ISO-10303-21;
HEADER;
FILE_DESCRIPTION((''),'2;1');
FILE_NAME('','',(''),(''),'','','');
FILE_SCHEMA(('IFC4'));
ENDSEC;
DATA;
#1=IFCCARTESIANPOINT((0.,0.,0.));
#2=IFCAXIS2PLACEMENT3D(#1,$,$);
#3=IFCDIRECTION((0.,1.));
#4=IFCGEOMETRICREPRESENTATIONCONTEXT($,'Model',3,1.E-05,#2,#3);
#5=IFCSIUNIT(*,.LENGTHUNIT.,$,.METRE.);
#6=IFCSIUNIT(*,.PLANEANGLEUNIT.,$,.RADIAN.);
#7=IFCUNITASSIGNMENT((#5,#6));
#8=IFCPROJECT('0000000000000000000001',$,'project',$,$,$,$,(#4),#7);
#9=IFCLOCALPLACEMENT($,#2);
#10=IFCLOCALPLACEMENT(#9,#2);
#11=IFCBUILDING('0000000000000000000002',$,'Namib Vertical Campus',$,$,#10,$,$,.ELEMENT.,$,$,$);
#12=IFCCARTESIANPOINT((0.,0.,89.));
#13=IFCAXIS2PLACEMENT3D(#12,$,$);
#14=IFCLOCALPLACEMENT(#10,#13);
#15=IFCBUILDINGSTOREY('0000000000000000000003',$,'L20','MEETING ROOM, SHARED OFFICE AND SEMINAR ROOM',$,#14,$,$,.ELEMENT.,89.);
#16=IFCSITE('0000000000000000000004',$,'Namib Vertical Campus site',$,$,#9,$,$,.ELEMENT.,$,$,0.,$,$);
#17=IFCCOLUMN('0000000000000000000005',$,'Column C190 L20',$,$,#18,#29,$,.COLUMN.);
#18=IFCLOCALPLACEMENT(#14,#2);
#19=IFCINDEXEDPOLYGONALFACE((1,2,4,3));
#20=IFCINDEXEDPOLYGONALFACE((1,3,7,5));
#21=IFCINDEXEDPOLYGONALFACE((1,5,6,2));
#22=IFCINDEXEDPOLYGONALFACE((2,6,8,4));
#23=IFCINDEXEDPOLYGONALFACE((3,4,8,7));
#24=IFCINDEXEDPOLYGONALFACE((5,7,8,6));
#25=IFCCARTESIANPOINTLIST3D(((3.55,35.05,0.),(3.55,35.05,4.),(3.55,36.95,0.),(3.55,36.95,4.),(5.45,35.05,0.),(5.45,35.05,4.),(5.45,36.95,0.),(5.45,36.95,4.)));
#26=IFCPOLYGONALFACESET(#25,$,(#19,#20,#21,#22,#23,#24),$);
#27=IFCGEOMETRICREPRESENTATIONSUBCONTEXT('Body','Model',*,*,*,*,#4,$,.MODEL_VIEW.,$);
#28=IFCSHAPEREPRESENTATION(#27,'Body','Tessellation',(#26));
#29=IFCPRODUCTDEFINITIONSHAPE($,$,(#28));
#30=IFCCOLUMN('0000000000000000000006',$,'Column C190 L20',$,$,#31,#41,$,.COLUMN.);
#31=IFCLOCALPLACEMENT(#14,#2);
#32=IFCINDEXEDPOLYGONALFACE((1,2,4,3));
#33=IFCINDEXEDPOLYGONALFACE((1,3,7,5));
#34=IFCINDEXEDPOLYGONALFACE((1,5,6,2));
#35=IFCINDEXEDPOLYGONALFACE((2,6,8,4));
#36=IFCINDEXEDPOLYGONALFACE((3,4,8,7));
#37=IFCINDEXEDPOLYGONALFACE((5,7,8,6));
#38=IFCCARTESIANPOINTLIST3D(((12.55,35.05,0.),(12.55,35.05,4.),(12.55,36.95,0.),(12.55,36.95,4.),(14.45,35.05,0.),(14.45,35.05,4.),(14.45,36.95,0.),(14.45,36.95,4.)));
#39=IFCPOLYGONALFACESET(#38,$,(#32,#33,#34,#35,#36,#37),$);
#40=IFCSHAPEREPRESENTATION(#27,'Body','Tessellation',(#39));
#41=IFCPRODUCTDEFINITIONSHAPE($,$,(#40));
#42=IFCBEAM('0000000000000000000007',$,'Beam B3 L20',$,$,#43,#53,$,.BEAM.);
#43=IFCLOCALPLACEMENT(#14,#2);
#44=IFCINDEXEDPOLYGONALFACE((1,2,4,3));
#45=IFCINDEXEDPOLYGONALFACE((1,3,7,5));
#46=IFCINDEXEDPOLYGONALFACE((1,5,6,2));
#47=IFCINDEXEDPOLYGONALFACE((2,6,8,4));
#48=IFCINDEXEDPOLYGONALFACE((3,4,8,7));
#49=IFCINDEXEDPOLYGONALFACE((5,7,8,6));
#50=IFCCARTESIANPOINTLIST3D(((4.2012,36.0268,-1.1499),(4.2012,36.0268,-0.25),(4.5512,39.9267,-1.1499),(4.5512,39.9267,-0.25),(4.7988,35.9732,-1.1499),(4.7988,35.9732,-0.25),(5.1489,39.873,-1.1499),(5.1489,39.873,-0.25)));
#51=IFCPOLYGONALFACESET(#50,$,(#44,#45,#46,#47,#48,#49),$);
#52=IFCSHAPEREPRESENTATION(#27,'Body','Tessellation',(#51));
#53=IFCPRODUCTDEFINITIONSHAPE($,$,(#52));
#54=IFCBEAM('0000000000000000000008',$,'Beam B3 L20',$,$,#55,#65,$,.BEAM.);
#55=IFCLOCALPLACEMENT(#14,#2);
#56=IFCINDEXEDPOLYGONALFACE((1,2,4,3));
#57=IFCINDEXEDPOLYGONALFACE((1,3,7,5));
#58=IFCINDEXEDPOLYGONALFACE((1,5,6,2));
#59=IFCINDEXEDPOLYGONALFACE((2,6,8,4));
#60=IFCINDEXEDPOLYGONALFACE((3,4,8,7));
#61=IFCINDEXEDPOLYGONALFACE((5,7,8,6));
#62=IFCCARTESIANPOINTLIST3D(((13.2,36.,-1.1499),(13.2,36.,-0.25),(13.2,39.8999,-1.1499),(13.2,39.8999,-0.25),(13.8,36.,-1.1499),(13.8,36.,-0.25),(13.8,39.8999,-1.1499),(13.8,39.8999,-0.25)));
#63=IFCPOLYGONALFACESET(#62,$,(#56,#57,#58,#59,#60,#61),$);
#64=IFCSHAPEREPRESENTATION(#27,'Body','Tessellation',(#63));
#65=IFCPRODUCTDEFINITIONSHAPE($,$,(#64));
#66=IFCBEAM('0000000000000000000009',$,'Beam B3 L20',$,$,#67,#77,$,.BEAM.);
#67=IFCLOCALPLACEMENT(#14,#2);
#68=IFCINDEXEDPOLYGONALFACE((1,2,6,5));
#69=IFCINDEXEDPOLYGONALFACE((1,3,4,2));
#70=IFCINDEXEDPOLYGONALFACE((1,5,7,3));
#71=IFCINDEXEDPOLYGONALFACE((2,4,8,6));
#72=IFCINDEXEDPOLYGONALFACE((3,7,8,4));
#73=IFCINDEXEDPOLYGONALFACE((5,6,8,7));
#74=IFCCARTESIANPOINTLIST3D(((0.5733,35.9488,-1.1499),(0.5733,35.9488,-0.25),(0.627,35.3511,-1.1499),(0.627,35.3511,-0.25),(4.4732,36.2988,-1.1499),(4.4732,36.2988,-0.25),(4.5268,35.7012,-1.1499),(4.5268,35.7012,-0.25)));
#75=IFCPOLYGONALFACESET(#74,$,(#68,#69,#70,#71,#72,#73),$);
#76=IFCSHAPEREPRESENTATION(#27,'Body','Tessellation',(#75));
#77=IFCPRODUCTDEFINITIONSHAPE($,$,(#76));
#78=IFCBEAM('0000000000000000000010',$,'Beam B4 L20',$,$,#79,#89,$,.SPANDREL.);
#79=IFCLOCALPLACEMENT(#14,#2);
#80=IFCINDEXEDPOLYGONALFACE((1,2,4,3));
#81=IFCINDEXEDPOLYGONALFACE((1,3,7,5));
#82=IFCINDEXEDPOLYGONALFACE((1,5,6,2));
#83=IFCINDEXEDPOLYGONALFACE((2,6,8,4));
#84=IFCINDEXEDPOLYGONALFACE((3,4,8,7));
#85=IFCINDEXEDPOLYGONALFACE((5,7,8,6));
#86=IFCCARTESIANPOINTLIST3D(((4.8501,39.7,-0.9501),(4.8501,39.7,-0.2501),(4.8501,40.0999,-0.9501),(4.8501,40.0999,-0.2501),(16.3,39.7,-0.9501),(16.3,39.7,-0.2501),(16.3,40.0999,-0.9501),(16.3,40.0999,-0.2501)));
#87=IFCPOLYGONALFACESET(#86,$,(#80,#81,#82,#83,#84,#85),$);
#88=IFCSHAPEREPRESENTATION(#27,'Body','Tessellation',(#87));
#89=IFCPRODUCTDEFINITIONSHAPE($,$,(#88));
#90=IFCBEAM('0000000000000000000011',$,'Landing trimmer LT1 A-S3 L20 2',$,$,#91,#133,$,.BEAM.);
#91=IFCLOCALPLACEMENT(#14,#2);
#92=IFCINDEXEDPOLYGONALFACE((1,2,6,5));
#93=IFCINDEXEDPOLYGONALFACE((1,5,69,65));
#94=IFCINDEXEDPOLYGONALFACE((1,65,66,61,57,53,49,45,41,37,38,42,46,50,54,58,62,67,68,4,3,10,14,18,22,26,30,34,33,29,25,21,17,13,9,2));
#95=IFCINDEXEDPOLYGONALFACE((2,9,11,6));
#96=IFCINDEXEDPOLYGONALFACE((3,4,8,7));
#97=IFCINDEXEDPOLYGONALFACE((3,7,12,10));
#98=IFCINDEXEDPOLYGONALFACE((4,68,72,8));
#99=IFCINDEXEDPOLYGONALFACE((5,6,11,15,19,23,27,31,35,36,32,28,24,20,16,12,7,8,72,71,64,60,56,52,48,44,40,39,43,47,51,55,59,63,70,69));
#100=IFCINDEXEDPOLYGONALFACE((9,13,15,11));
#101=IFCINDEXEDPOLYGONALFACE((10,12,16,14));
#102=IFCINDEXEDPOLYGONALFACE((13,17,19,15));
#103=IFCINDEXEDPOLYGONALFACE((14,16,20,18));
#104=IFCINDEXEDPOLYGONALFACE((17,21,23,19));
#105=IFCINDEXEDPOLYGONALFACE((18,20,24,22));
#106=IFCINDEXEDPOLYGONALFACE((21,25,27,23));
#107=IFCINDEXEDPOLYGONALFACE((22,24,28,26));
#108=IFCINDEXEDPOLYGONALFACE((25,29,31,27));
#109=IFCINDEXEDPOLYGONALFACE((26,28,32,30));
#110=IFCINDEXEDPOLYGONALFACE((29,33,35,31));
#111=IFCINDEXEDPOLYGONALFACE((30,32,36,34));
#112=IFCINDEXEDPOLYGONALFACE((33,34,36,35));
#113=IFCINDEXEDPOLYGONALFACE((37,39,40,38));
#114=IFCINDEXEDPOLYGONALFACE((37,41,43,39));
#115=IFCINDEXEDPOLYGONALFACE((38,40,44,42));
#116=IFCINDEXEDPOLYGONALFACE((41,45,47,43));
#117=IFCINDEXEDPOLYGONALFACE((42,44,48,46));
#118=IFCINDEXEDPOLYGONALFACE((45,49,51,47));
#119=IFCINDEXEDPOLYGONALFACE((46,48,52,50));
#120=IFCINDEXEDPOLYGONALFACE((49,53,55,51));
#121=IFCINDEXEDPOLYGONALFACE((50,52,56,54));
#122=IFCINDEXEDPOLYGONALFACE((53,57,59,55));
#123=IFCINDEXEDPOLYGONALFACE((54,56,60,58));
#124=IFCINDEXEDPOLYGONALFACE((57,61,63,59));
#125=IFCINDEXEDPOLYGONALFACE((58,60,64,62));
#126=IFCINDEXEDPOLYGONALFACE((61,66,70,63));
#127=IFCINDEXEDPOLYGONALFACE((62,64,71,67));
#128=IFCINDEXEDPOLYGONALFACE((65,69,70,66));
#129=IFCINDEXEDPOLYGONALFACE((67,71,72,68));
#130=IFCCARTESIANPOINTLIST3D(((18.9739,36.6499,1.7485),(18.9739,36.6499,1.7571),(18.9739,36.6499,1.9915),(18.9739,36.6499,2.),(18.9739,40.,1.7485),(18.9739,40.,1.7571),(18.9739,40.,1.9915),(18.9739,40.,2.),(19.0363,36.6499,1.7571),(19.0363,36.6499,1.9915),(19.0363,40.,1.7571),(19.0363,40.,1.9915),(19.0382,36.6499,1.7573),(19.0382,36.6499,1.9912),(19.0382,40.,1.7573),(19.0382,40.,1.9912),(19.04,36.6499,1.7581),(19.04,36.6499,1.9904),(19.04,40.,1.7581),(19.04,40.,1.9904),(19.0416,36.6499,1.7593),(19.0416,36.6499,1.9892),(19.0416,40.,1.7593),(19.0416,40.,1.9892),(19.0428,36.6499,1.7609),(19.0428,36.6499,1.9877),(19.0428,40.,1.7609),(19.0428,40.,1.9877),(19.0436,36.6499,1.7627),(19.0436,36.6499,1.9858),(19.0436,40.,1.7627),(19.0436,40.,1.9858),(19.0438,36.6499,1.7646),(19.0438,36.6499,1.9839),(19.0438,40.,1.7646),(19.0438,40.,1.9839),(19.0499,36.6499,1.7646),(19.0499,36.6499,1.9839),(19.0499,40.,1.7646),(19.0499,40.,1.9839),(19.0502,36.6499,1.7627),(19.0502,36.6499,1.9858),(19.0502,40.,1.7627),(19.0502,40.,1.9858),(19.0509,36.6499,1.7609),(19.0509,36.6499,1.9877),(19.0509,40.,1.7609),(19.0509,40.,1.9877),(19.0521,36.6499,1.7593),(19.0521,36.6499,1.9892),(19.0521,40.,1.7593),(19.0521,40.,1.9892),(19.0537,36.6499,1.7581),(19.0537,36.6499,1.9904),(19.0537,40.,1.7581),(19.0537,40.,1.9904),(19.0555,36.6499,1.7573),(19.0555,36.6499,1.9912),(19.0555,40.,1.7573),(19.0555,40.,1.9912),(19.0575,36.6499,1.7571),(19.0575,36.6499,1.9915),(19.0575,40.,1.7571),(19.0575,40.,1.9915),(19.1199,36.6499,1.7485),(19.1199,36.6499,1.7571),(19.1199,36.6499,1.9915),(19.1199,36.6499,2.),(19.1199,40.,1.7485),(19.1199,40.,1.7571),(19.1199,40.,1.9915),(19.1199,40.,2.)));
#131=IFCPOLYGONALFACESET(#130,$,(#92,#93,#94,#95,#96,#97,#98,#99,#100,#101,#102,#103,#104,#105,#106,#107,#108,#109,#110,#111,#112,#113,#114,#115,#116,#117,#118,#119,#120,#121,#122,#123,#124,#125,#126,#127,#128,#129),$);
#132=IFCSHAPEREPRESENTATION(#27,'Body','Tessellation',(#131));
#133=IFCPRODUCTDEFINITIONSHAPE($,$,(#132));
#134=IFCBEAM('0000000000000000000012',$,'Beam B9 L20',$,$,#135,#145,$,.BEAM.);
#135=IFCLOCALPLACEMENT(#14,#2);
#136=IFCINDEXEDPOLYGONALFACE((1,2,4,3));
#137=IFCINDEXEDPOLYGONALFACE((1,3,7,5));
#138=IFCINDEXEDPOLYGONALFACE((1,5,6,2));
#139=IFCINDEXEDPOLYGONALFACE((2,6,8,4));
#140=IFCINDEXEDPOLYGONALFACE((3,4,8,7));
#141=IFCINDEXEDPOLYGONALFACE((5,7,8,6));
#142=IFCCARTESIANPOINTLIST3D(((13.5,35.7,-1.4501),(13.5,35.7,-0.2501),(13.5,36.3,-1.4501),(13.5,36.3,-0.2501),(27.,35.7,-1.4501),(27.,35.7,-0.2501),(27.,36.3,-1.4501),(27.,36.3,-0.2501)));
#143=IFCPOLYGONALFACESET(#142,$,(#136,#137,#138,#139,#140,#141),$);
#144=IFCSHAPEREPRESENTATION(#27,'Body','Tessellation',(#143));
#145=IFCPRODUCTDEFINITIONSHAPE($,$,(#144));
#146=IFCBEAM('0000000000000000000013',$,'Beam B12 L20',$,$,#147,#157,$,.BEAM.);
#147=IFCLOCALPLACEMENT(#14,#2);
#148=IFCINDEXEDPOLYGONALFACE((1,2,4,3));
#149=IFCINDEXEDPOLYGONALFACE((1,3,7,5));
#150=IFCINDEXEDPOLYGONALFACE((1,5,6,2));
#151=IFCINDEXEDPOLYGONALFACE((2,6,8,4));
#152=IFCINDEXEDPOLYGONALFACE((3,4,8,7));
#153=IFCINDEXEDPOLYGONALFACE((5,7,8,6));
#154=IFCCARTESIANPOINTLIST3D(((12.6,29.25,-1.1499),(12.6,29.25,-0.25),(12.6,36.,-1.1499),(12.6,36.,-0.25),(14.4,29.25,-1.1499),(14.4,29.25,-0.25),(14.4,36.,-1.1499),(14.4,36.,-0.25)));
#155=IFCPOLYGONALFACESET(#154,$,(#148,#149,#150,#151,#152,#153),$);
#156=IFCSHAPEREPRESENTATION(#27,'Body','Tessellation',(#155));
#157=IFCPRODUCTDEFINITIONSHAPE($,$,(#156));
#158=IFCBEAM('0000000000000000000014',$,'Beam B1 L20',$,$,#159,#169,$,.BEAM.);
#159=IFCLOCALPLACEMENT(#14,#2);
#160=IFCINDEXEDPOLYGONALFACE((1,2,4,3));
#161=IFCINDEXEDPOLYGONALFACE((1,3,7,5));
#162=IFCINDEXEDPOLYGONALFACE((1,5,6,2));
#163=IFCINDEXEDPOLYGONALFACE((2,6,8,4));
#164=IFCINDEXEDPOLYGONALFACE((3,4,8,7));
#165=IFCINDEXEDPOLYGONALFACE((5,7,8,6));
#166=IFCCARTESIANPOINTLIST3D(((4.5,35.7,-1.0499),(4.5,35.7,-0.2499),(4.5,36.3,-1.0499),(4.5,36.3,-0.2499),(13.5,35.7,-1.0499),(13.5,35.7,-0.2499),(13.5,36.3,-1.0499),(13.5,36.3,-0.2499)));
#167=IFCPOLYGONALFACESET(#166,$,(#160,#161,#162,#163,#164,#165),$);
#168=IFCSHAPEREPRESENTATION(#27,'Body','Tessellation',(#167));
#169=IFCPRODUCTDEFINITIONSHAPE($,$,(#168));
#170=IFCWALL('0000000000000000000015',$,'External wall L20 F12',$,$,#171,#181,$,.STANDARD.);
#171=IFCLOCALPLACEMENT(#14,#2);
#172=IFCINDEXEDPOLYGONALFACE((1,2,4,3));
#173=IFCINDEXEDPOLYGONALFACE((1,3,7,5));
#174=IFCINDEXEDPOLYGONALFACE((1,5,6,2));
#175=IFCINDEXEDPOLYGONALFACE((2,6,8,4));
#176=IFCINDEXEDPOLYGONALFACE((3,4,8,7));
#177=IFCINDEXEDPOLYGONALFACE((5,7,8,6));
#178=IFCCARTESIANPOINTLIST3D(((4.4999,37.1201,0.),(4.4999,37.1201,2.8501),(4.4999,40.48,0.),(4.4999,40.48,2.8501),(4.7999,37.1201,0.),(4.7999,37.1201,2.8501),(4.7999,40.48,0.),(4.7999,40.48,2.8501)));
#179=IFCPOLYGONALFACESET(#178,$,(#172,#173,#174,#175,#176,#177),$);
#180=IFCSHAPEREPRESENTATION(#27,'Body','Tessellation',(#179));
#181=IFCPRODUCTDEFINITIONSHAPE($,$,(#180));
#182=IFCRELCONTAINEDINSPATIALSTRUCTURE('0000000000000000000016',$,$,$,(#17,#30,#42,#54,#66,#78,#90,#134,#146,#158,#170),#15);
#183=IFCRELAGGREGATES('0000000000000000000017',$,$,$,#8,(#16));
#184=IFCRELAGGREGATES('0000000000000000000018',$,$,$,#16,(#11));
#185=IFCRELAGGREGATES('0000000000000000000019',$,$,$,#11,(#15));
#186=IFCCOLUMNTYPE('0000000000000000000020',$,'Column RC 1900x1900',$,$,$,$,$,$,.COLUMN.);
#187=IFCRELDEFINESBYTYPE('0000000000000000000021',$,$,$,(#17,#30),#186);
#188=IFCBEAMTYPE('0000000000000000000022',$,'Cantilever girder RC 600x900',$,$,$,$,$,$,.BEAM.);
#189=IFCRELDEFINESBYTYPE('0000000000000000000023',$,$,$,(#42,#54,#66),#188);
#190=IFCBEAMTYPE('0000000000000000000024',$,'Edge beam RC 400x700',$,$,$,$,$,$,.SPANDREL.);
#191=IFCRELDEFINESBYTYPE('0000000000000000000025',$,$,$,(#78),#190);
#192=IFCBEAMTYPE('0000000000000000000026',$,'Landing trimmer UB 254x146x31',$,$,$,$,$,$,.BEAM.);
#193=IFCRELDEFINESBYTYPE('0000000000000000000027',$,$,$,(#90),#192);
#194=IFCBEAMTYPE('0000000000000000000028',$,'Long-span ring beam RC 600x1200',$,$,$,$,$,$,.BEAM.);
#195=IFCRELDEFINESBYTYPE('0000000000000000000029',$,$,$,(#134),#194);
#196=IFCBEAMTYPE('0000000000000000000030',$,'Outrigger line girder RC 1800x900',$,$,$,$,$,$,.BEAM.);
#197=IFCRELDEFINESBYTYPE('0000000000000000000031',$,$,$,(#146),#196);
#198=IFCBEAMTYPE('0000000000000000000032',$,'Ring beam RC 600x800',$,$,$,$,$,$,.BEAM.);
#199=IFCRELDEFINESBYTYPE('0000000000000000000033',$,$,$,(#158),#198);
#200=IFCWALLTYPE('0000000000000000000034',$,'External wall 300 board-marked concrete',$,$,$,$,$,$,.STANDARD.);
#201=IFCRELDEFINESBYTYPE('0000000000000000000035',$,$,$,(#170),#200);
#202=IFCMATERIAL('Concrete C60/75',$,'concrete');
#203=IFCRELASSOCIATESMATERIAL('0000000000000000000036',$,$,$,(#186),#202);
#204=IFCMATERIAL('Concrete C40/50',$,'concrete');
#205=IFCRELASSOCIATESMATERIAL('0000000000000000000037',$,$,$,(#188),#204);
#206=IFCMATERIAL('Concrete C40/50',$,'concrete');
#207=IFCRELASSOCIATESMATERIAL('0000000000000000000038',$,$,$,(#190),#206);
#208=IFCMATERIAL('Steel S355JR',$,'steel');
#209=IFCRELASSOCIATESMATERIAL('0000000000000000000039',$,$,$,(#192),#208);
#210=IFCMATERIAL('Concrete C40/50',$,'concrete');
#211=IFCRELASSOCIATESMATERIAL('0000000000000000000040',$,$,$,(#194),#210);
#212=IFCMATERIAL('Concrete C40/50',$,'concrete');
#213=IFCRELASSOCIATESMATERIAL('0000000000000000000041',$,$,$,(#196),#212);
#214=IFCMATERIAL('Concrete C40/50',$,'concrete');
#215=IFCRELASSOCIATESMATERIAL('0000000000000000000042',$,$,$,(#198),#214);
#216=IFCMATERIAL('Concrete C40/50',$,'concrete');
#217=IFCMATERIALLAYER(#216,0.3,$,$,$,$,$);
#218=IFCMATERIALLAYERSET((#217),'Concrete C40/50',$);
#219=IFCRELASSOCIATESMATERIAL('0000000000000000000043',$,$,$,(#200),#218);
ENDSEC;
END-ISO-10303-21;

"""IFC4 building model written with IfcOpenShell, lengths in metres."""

from ifc_helpers import new_model, si_unit, direction, frame, frame_2d, origin, origin_2d, place, context, subcontext, project, spatial, rectangle, i_section, extrude, material, layer, layer_set, material_profile, profile_set, type_object, element, save


model = new_model("IFC4")

# Units and contexts
model_context = context("Model", 3, precision=1e-05, world=origin(), true_north=direction((0.0, 1.0)))
body_context = subcontext(model_context, "Body", "Model", "MODEL_VIEW")
ifc_project = project(units=[si_unit("LENGTHUNIT", "METRE"), si_unit("PLANEANGLEUNIT", "RADIAN")], contexts=[model_context])

# Site, building, storey
site_placement = place(None, origin())
site = spatial("IfcSite", under=ifc_project, at=site_placement, Name="Namib Vertical Campus site", CompositionType="ELEMENT", RefElevation=0.0)
building_placement = place(site_placement, origin())
building = spatial("IfcBuilding", under=site, at=building_placement, Name="Namib Vertical Campus", CompositionType="ELEMENT")
storey_placement = place(building_placement, frame((0.0, 0.0, 89.0)))
storey = spatial("IfcBuildingStorey", under=building, at=storey_placement, Name="L20", Description="MEETING ROOM, SHARED OFFICE AND SEMINAR ROOM", CompositionType="ELEMENT", Elevation=89.0)

# Columns
ifc_material_1 = material(Name="Concrete C60/75", Category="concrete")
ifc_material_profile_1 = material_profile(ifc_material_1, rectangle(XDim=1.8999, YDim=1.8999, at=origin_2d()))
ifc_profile_set_1 = profile_set([ifc_material_profile_1], Name="Concrete C60/75")
column_type = type_object("IfcColumnType", Name="Column RC 1900x1900", PredefinedType="COLUMN", material=ifc_profile_set_1)
for number, where, z_axis, x_axis, name in (
    (1, (4.5, 36.0, 0.0), (0.0, 0.0, 1.0), (1.0, 0.0, 0.0), "Column C190 L20"),
    (2, (13.5, 36.0, 0.0), (0.0, 0.0, 1.0), (1.0, 0.0, 0.0), "Column C190 L20"),
):
    element("IfcColumn", number, at=place(storey_placement, frame(where, z_axis=z_axis, x_axis=x_axis)), inside=storey, type_object=column_type, Name=name, PredefinedType="COLUMN", context=body_context, shape_type="SweptSolid", body=[
        extrude(rectangle(XDim=1.8999, YDim=1.8999, at=origin_2d()), origin(), (0.0, 0.0, 1.0), 4.0),
    ])

# Beams
ifc_material_2 = material(Name="Concrete C40/50", Category="concrete")
ifc_material_profile_2 = material_profile(ifc_material_2, rectangle(XDim=0.6001, YDim=0.8999, at=origin_2d()))
ifc_profile_set_2 = profile_set([ifc_material_profile_2], Name="Concrete C40/50")
beam_type_1 = type_object("IfcBeamType", Name="Cantilever girder RC 600x900", PredefinedType="BEAM", material=ifc_profile_set_2)
beam_1_placement = place(storey_placement, frame((4.5, 36.0, -0.7), z_axis=(0.089411, 0.995995, 0.0), x_axis=(-0.995995, 0.089411, 0.0)))
element("IfcBeam", 3, at=beam_1_placement, inside=storey, type_object=beam_type_1, Name="Beam B3 L20", PredefinedType="BEAM", context=body_context, shape_type="SweptSolid", body=[
    extrude(rectangle(XDim=0.6001, YDim=0.8999, at=origin_2d()), origin(), (0.0, 0.0, 1.0), 3.9155),
])
beam_2_placement = place(storey_placement, frame((13.5, 36.0, -0.7), z_axis=(0.0, 1.0, 0.0), x_axis=(-1.0, 0.0, 0.0)))
element("IfcBeam", 4, at=beam_2_placement, inside=storey, type_object=beam_type_1, Name="Beam B3 L20", PredefinedType="BEAM", context=body_context, shape_type="SweptSolid", body=[
    extrude(rectangle(XDim=0.6001, YDim=0.8999, at=origin_2d()), origin(), (0.0, 0.0, 1.0), 3.8999),
])
beam_3_placement = place(storey_placement, frame((4.5, 36.0, -0.7), z_axis=(-0.995995, -0.089411, 0.0), x_axis=(0.089411, -0.995995, 0.0)))
element("IfcBeam", 5, at=beam_3_placement, inside=storey, type_object=beam_type_1, Name="Beam B3 L20", PredefinedType="BEAM", context=body_context, shape_type="SweptSolid", body=[
    extrude(rectangle(XDim=0.6001, YDim=0.8999, at=origin_2d()), origin(), (0.0, 0.0, 1.0), 3.9155),
])
ifc_material_3 = material(Name="Concrete C40/50", Category="concrete")
ifc_material_profile_3 = material_profile(ifc_material_3, rectangle(XDim=0.3999, YDim=0.7, at=origin_2d()))
ifc_profile_set_3 = profile_set([ifc_material_profile_3], Name="Concrete C40/50")
beam_type_2 = type_object("IfcBeamType", Name="Edge beam RC 400x700", PredefinedType="SPANDREL", material=ifc_profile_set_3)
beam_4_placement = place(storey_placement, frame((4.8501, 39.8999, -0.6001), z_axis=(1.0, 0.0, 0.0), x_axis=(0.0, 1.0, 0.0)))
element("IfcBeam", 6, at=beam_4_placement, inside=storey, type_object=beam_type_2, Name="Beam B4 L20", PredefinedType="SPANDREL", context=body_context, shape_type="SweptSolid", body=[
    extrude(rectangle(XDim=0.3999, YDim=0.7, at=origin_2d()), origin(), (0.0, 0.0, 1.0), 11.45),
])
ifc_material_4 = material(Name="Steel S355JR", Category="steel")
ifc_material_profile_4 = material_profile(ifc_material_4, i_section(OverallWidth=0.146, OverallDepth=0.2515, WebThickness=0.0061, FlangeThickness=0.0085, FilletRadius=0.0076, at=origin_2d()))
ifc_profile_set_4 = profile_set([ifc_material_profile_4], Name="Steel S355JR")
beam_type_3 = type_object("IfcBeamType", Name="Landing trimmer UB 254x146x31", PredefinedType="BEAM", material=ifc_profile_set_4)
beam_5_placement = place(storey_placement, frame((19.0469, 36.6499, 1.8743), z_axis=(0.0, 1.0, 0.0), x_axis=(-1.0, 0.0, 0.0)))
element("IfcBeam", 7, at=beam_5_placement, inside=storey, type_object=beam_type_3, Name="Landing trimmer LT1 A-S3 L20 2", PredefinedType="BEAM", context=body_context, shape_type="SweptSolid", body=[
    extrude(i_section(OverallWidth=0.146, OverallDepth=0.2515, WebThickness=0.0061, FlangeThickness=0.0085, FilletRadius=0.0076, at=origin_2d()), origin(), (0.0, 0.0, 1.0), 3.3501),
])
ifc_material_5 = material(Name="Concrete C40/50", Category="concrete")
ifc_material_profile_5 = material_profile(ifc_material_5, rectangle(XDim=0.6001, YDim=1.2, at=origin_2d()))
ifc_profile_set_5 = profile_set([ifc_material_profile_5], Name="Concrete C40/50")
beam_type_4 = type_object("IfcBeamType", Name="Long-span ring beam RC 600x1200", PredefinedType="BEAM", material=ifc_profile_set_5)
beam_6_placement = place(storey_placement, frame((13.5, 36.0, -0.8501), z_axis=(1.0, 0.0, 0.0), x_axis=(0.0, 1.0, 0.0)))
element("IfcBeam", 8, at=beam_6_placement, inside=storey, type_object=beam_type_4, Name="Beam B9 L20", PredefinedType="BEAM", context=body_context, shape_type="SweptSolid", body=[
    extrude(rectangle(XDim=0.6001, YDim=1.2, at=origin_2d()), origin(), (0.0, 0.0, 1.0), 13.5),
])
ifc_material_6 = material(Name="Concrete C40/50", Category="concrete")
ifc_material_profile_6 = material_profile(ifc_material_6, rectangle(XDim=1.8, YDim=0.8999, at=origin_2d()))
ifc_profile_set_6 = profile_set([ifc_material_profile_6], Name="Concrete C40/50")
beam_type_5 = type_object("IfcBeamType", Name="Outrigger line girder RC 1800x900", PredefinedType="BEAM", material=ifc_profile_set_6)
beam_7_placement = place(storey_placement, frame((13.5, 36.0, -0.7), z_axis=(0.0, -1.0, 0.0), x_axis=(1.0, 0.0, 0.0)))
element("IfcBeam", 9, at=beam_7_placement, inside=storey, type_object=beam_type_5, Name="Beam B12 L20", PredefinedType="BEAM", context=body_context, shape_type="SweptSolid", body=[
    extrude(rectangle(XDim=1.8, YDim=0.8999, at=origin_2d()), origin(), (0.0, 0.0, 1.0), 6.75),
])
ifc_material_7 = material(Name="Concrete C40/50", Category="concrete")
ifc_material_profile_7 = material_profile(ifc_material_7, rectangle(XDim=0.6001, YDim=0.8, at=origin_2d()))
ifc_profile_set_7 = profile_set([ifc_material_profile_7], Name="Concrete C40/50")
beam_type_6 = type_object("IfcBeamType", Name="Ring beam RC 600x800", PredefinedType="BEAM", material=ifc_profile_set_7)
beam_8_placement = place(storey_placement, frame((4.5, 36.0, -0.6499), z_axis=(1.0, 0.0, 0.0), x_axis=(0.0, 1.0, 0.0)))
element("IfcBeam", 10, at=beam_8_placement, inside=storey, type_object=beam_type_6, Name="Beam B1 L20", PredefinedType="BEAM", context=body_context, shape_type="SweptSolid", body=[
    extrude(rectangle(XDim=0.6001, YDim=0.8, at=origin_2d()), origin(), (0.0, 0.0, 1.0), 9.0),
])

# Wall
ifc_material_8 = material(Name="Concrete C40/50", Category="concrete")
ifc_layer_1 = layer(ifc_material_8, 0.3)
ifc_layer_set_1 = layer_set([ifc_layer_1], Name="Concrete C40/50")
wall_type_1 = type_object("IfcWallType", Name="External wall 300 board-marked concrete", PredefinedType="STANDARD", material=ifc_layer_set_1)
wall_1_placement = place(storey_placement, frame((4.6499, 40.48, 0.0), z_axis=(0.0, 0.0, 1.0), x_axis=(0.0, -1.0, 0.0)))
element("IfcWall", 11, at=wall_1_placement, inside=storey, type_object=wall_type_1, Name="External wall L20 F12", PredefinedType="STANDARD", context=body_context, shape_type="SweptSolid", body=[
    extrude(rectangle(XDim=3.3599, YDim=0.3, at=frame_2d((1.6799, 0.0))), origin(), (0.0, 0.0, 1.0), 2.8501),
])

save(model, "model.ifc")
